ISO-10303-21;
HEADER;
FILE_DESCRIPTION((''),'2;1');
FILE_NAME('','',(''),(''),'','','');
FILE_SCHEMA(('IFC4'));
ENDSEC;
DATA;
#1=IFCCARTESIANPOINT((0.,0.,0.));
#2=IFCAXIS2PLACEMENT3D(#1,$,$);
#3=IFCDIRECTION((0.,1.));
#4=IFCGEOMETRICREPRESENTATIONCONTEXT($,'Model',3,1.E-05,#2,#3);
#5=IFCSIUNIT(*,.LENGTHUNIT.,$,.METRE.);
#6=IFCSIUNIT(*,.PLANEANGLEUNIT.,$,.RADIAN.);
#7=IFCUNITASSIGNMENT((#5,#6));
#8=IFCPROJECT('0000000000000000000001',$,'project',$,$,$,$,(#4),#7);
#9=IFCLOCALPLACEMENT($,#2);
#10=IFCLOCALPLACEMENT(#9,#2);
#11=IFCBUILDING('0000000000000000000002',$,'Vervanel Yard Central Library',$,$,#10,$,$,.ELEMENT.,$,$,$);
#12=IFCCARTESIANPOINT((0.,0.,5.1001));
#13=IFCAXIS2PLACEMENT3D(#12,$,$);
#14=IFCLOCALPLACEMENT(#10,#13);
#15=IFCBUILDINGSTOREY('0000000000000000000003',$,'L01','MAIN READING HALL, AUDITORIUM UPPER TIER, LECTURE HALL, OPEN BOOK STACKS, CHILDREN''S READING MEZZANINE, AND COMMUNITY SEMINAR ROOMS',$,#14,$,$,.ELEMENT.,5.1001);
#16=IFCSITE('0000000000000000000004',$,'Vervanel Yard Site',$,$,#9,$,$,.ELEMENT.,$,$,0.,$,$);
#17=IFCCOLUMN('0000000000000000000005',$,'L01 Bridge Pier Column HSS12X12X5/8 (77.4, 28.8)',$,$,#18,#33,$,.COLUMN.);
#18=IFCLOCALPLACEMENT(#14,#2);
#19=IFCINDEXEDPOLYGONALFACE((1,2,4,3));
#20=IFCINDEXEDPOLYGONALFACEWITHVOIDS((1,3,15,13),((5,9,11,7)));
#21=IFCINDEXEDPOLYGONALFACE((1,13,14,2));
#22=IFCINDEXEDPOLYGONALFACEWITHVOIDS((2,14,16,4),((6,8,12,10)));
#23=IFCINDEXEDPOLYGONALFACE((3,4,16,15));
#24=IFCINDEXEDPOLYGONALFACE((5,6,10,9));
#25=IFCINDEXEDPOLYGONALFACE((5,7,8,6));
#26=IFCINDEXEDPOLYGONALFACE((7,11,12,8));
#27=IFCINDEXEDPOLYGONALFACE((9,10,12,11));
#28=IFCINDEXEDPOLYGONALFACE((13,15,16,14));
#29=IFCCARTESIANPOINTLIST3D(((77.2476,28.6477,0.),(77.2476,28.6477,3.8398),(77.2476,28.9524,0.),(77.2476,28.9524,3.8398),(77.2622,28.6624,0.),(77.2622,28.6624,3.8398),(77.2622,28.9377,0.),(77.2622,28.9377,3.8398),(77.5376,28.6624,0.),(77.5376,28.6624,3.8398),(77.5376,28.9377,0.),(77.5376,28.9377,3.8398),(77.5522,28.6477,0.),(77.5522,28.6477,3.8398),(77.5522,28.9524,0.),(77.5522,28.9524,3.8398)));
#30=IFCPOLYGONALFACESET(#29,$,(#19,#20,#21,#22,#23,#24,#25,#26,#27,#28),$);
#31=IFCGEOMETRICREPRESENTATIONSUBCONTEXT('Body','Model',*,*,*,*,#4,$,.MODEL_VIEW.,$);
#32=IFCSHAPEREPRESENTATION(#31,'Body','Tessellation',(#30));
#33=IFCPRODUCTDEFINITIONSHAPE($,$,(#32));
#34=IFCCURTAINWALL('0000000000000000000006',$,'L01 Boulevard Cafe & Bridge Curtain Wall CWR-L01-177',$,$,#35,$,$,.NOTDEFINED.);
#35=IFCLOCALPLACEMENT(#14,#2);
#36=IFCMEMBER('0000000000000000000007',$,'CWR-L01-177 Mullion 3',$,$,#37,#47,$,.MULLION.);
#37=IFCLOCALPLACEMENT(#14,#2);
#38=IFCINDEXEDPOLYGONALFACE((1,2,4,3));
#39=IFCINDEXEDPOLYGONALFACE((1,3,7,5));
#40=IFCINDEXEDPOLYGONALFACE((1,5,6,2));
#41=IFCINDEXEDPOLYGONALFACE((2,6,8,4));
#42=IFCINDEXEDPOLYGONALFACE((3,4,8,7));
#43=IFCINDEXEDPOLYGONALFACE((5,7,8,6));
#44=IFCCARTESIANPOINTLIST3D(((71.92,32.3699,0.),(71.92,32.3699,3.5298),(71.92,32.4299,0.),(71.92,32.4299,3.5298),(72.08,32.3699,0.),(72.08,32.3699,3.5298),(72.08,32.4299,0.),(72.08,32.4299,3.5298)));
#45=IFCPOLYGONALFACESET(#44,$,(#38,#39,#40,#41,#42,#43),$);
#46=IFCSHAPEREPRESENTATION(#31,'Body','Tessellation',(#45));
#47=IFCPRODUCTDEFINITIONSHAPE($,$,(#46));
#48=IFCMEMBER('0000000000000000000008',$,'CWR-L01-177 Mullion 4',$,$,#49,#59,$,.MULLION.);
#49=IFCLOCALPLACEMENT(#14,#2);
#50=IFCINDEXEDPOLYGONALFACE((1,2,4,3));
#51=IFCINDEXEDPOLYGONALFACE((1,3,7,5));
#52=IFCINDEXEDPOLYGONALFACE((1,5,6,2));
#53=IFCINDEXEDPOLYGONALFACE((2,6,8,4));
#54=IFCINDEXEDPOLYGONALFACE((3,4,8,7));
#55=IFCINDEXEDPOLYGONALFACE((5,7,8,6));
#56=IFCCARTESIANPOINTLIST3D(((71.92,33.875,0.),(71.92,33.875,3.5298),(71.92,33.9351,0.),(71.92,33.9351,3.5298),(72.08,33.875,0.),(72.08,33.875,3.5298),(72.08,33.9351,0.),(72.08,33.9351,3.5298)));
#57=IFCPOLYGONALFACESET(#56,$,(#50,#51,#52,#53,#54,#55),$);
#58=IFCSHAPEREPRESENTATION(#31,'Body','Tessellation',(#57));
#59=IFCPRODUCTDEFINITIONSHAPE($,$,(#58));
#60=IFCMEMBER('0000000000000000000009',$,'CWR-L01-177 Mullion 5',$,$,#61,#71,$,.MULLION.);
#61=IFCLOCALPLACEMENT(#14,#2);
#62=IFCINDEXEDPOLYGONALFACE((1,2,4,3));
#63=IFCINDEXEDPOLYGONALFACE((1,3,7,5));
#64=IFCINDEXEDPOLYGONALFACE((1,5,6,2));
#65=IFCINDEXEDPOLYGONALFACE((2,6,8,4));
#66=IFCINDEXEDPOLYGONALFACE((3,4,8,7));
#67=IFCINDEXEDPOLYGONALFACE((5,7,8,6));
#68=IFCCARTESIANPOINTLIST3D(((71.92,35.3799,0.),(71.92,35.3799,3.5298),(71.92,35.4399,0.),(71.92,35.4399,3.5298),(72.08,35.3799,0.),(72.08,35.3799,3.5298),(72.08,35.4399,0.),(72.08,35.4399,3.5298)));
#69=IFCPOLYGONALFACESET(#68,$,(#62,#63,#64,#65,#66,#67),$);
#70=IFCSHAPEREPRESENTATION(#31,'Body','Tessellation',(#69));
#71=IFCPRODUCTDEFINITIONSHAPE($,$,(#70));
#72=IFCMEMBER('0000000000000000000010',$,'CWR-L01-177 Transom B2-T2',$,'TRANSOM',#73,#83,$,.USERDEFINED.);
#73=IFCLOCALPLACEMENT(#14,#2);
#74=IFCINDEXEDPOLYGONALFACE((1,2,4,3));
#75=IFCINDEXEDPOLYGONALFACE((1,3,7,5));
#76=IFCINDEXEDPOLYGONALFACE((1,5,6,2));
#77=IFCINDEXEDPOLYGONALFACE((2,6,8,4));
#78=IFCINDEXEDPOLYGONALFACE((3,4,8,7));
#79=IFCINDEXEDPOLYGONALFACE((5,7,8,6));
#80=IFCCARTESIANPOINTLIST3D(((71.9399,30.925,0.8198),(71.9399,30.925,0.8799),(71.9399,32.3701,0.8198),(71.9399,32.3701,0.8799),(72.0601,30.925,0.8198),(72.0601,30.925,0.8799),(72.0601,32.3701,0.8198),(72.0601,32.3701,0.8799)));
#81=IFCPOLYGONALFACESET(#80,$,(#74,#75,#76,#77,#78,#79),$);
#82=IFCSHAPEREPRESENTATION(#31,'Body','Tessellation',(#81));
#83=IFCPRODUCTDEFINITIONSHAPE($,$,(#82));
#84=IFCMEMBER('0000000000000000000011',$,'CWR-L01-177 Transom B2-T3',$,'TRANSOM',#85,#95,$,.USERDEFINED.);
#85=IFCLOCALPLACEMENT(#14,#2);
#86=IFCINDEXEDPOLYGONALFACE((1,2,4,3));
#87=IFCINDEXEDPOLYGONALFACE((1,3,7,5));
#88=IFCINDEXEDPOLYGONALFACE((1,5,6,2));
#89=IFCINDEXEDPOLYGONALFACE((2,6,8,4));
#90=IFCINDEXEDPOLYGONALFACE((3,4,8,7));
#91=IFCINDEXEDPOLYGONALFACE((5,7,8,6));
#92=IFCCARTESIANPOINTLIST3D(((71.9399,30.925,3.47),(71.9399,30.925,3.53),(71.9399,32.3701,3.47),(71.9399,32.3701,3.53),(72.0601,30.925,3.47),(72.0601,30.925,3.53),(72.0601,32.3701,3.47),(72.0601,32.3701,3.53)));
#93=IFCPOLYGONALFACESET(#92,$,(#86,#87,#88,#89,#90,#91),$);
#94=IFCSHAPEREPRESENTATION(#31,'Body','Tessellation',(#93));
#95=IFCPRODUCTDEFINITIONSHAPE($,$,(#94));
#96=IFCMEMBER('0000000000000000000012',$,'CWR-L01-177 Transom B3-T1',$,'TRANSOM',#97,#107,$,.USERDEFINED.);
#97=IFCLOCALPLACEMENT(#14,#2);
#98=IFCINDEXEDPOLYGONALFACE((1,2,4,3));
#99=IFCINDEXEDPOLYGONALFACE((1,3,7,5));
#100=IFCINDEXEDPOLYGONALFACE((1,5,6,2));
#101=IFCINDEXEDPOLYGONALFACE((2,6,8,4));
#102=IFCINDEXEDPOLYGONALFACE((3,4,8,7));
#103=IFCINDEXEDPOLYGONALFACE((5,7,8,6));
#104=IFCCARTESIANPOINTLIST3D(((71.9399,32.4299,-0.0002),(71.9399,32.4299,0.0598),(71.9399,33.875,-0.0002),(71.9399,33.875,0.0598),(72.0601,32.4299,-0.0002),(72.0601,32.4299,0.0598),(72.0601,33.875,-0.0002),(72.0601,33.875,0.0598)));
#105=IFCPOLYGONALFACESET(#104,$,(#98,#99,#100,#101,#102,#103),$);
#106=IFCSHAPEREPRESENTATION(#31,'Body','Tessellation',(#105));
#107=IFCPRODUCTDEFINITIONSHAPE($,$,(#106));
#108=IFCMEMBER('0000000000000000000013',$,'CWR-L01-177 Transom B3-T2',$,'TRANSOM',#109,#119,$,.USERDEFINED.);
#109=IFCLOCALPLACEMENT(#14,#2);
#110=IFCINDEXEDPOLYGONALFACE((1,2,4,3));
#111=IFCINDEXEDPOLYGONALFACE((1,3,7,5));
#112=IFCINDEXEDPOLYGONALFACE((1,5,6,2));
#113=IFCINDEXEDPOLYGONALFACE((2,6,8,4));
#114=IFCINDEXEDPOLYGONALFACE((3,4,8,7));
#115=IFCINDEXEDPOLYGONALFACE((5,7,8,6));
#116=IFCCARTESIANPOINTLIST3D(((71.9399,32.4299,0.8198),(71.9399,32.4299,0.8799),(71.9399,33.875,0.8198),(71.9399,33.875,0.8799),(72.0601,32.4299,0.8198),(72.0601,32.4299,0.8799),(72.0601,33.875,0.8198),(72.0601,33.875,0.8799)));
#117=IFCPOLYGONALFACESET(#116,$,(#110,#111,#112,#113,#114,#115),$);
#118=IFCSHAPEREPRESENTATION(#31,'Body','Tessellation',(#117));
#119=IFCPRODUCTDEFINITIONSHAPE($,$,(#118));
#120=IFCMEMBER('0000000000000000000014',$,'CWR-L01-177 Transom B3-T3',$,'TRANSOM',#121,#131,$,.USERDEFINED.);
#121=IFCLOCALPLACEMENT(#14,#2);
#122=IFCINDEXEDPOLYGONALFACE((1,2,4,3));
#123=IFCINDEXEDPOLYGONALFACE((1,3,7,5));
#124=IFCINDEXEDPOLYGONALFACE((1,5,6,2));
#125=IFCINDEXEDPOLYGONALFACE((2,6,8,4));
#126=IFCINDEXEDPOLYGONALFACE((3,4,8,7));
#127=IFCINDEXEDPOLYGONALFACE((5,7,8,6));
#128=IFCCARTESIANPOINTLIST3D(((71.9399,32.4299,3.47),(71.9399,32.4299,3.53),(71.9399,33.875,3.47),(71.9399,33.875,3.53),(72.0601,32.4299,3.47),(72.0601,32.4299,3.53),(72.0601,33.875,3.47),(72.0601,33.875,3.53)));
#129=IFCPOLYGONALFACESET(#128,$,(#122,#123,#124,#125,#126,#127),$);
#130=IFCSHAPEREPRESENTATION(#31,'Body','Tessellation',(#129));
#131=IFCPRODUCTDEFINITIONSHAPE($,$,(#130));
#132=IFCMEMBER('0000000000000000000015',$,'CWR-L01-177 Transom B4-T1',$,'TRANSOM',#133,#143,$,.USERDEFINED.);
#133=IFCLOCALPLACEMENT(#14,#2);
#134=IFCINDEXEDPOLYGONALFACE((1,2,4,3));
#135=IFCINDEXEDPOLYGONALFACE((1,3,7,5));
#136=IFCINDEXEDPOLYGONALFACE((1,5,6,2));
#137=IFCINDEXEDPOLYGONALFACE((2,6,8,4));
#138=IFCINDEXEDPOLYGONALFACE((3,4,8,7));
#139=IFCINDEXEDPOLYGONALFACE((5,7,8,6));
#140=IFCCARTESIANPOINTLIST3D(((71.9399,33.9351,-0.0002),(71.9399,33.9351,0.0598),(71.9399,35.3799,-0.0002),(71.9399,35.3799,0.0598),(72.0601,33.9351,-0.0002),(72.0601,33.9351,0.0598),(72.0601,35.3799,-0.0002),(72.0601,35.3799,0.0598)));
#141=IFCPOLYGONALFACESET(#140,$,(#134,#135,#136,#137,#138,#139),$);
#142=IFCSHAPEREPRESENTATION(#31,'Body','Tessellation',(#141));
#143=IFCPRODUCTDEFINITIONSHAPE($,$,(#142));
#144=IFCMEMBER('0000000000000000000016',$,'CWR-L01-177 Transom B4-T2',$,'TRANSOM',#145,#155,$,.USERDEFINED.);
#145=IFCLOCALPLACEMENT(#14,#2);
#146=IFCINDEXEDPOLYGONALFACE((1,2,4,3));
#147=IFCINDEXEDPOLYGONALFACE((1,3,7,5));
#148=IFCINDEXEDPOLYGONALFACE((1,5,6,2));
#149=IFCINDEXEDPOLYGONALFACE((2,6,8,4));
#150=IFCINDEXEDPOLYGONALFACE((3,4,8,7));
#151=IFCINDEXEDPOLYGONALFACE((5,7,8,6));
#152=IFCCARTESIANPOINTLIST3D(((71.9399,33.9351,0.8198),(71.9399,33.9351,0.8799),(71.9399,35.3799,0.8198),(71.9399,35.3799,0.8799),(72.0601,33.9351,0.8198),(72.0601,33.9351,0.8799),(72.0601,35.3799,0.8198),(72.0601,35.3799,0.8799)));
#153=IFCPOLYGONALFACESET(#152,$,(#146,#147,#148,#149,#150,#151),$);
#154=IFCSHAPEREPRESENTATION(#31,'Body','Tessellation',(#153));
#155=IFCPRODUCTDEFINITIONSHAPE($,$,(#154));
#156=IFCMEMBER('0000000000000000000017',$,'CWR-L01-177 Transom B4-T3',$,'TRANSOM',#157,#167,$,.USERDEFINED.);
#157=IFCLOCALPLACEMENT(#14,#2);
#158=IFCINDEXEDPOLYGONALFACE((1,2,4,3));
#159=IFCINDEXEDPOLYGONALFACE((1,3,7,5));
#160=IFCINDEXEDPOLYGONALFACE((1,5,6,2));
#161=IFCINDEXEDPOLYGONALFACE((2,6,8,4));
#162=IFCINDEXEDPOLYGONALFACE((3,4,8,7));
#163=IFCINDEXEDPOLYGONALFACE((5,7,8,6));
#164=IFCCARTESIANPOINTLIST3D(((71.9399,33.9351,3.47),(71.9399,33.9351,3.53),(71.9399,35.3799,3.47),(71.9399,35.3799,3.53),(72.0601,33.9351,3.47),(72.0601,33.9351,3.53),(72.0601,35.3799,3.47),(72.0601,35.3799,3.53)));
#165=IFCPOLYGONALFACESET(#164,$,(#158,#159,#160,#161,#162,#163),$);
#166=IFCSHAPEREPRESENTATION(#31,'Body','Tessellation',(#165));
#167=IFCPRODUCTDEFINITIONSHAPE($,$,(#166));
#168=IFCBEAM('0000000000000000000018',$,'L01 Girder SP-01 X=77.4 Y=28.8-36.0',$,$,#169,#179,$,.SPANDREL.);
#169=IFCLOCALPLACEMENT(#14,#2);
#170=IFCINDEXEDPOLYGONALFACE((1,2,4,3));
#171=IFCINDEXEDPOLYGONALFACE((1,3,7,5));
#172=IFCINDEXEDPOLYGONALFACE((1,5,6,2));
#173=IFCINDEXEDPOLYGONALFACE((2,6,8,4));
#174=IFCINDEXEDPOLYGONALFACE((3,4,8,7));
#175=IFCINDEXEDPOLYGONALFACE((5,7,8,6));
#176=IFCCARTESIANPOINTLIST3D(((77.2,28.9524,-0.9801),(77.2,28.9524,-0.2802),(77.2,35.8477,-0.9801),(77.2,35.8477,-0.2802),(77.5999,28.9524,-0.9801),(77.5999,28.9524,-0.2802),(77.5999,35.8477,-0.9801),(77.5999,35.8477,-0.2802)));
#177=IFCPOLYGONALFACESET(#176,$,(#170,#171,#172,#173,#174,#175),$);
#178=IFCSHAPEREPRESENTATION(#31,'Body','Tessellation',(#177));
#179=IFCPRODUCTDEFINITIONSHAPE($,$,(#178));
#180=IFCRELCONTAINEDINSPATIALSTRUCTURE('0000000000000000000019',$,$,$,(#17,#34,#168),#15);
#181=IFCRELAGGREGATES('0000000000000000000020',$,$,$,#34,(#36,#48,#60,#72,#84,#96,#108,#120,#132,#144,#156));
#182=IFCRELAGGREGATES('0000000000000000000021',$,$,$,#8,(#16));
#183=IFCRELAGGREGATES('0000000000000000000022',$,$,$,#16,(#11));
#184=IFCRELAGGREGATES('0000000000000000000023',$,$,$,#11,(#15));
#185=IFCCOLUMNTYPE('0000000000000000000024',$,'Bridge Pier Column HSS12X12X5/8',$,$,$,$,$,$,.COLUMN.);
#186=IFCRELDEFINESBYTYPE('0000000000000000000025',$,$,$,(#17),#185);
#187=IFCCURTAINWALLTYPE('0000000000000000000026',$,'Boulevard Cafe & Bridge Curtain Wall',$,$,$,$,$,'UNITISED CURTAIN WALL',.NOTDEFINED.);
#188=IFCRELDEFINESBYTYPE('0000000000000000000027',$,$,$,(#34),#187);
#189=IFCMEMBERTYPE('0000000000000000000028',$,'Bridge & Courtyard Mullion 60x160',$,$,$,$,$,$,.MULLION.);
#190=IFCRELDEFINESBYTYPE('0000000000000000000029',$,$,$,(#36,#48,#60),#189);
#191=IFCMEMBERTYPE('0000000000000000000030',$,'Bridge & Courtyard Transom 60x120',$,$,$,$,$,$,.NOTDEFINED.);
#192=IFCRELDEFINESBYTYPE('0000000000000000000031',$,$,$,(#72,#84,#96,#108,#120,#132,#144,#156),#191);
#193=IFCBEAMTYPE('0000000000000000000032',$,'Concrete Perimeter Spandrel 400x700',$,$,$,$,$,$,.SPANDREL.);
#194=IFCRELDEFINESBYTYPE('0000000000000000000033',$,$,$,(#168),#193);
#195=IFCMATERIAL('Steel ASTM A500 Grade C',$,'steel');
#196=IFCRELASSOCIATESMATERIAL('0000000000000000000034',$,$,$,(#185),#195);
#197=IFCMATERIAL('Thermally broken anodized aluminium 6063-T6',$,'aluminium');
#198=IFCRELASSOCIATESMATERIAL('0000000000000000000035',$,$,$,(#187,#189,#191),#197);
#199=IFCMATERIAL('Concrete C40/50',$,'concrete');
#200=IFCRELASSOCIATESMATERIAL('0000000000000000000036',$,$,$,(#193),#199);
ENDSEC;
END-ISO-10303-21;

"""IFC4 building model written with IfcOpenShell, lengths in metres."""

from ifc_helpers import new_model, si_unit, direction, frame, origin, origin_2d, place, context, subcontext, project, spatial, rectangle, hollow_rectangle, extrude, material, material_profile, profile_set, type_object, element, aggregate, save


model = new_model("IFC4")

# Units and contexts
model_context = context("Model", 3, precision=1e-05, world=origin(), true_north=direction((0.0, 1.0)))
body_context = subcontext(model_context, "Body", "Model", "MODEL_VIEW")
ifc_project = project(units=[si_unit("LENGTHUNIT", "METRE"), si_unit("PLANEANGLEUNIT", "RADIAN")], contexts=[model_context])

# Site, building, storey
site_placement = place(None, origin())
site = spatial("IfcSite", under=ifc_project, at=site_placement, Name="Vervanel Yard Site", CompositionType="ELEMENT", RefElevation=0.0)
building_placement = place(site_placement, origin())
building = spatial("IfcBuilding", under=site, at=building_placement, Name="Vervanel Yard Central Library", CompositionType="ELEMENT")
storey_placement = place(building_placement, frame((0.0, 0.0, 5.1001)))
storey = spatial("IfcBuildingStorey", under=building, at=storey_placement, Name="L01", Description="MAIN READING HALL, AUDITORIUM UPPER TIER, LECTURE HALL, OPEN BOOK STACKS, CHILDREN'S READING MEZZANINE, AND COMMUNITY SEMINAR ROOMS", CompositionType="ELEMENT", Elevation=5.1001)

# Column
ifc_material_1 = material(Name="Steel ASTM A500 Grade C", Category="steel")
ifc_material_profile_1 = material_profile(ifc_material_1, hollow_rectangle(XDim=0.3047, YDim=0.3047, WallThickness=0.0146, at=origin_2d()), Name="HSS12X12X5/8", Category="steel")
ifc_profile_set_1 = profile_set([ifc_material_profile_1], Name="Steel ASTM A500 Grade C")
column_type = type_object("IfcColumnType", Name="Bridge Pier Column HSS12X12X5/8", PredefinedType="COLUMN", material=ifc_profile_set_1)
column_placement = place(storey_placement, frame((77.3999, 28.8, 0.0), z_axis=(0.0, 0.0, 1.0), x_axis=(1.0, 0.0, 0.0)))
element("IfcColumn", 1, at=column_placement, inside=storey, type_object=column_type, Name="L01 Bridge Pier Column HSS12X12X5/8 (77.4, 28.8)", PredefinedType="COLUMN", context=body_context, shape_type="SweptSolid", body=[
    extrude(hollow_rectangle(XDim=0.3047, YDim=0.3047, WallThickness=0.0146, at=origin_2d()), origin(), (0.0, 0.0, 1.0), 3.8398),
])

# Curtain wall, members
ifc_material_2 = material(Name="Thermally broken anodized aluminium 6063-T6", Category="aluminium")
curtain_wall_type = type_object("IfcCurtainWallType", Name="Boulevard Cafe & Bridge Curtain Wall", ElementType="UNITISED CURTAIN WALL", PredefinedType="NOTDEFINED", material=ifc_material_2)
curtain_wall_placement = place(storey_placement, origin())
curtain_wall = element("IfcCurtainWall", 2, at=curtain_wall_placement, inside=storey, type_object=curtain_wall_type, Name="L01 Boulevard Cafe & Bridge Curtain Wall CWR-L01-177", PredefinedType="NOTDEFINED")
ifc_material_profile_2 = material_profile(ifc_material_2, rectangle(XDim=0.0601, YDim=0.1599, at=origin_2d()), Name="ALU 60x160", Category="aluminium")
ifc_profile_set_2 = profile_set([ifc_material_profile_2], Name="Thermally broken anodized aluminium 6063-T6")
member_type_1 = type_object("IfcMemberType", Name="Bridge & Courtyard Mullion 60x160", PredefinedType="MULLION", material=ifc_profile_set_2)
member_1_placement = place(storey_placement, frame((72.0, 32.3999, 0.0), z_axis=(0.0, 0.0, 1.0), x_axis=(0.0, 1.0, 0.0)))
member_1 = element("IfcMember", 3, at=member_1_placement, type_object=member_type_1, Name="CWR-L01-177 Mullion 3", PredefinedType="MULLION", context=body_context, shape_type="SweptSolid", body=[
    extrude(rectangle(XDim=0.0601, YDim=0.1599, at=origin_2d()), origin(), (0.0, 0.0, 1.0), 3.5298),
])
member_2_placement = place(storey_placement, frame((72.0, 33.905, 0.0), z_axis=(0.0, 0.0, 1.0), x_axis=(0.0, 1.0, 0.0)))
member_2 = element("IfcMember", 4, at=member_2_placement, type_object=member_type_1, Name="CWR-L01-177 Mullion 4", PredefinedType="MULLION", context=body_context, shape_type="SweptSolid", body=[
    extrude(rectangle(XDim=0.0601, YDim=0.1599, at=origin_2d()), origin(), (0.0, 0.0, 1.0), 3.5298),
])
member_3_placement = place(storey_placement, frame((72.0, 35.4099, 0.0), z_axis=(0.0, 0.0, 1.0), x_axis=(0.0, 1.0, 0.0)))
member_3 = element("IfcMember", 5, at=member_3_placement, type_object=member_type_1, Name="CWR-L01-177 Mullion 5", PredefinedType="MULLION", context=body_context, shape_type="SweptSolid", body=[
    extrude(rectangle(XDim=0.0601, YDim=0.1599, at=origin_2d()), origin(), (0.0, 0.0, 1.0), 3.5298),
])
ifc_material_profile_3 = material_profile(ifc_material_2, rectangle(XDim=0.0601, YDim=0.1201, at=origin_2d()), Name="ALU 60x120", Category="aluminium")
ifc_profile_set_3 = profile_set([ifc_material_profile_3], Name="Thermally broken anodized aluminium 6063-T6")
member_type_2 = type_object("IfcMemberType", Name="Bridge & Courtyard Transom 60x120", PredefinedType="NOTDEFINED", material=ifc_profile_set_3)
member_4_placement = place(storey_placement, frame((72.0, 30.925, 0.8499), z_axis=(0.0, 1.0, 0.0), x_axis=(0.0, 0.0, 1.0)))
member_4 = element("IfcMember", 6, at=member_4_placement, type_object=member_type_2, Name="CWR-L01-177 Transom B2-T2", ObjectType="TRANSOM", PredefinedType="USERDEFINED", context=body_context, shape_type="SweptSolid", body=[
    extrude(rectangle(XDim=0.0601, YDim=0.1201, at=origin_2d()), origin(), (0.0, 0.0, 1.0), 1.4451),
])
member_5_placement = place(storey_placement, frame((72.0, 30.925, 3.5), z_axis=(0.0, 1.0, 0.0), x_axis=(0.0, 0.0, 1.0)))
member_5 = element("IfcMember", 7, at=member_5_placement, type_object=member_type_2, Name="CWR-L01-177 Transom B2-T3", ObjectType="TRANSOM", PredefinedType="USERDEFINED", context=body_context, shape_type="SweptSolid", body=[
    extrude(rectangle(XDim=0.0601, YDim=0.1201, at=origin_2d()), origin(), (0.0, 0.0, 1.0), 1.4451),
])
member_6_placement = place(storey_placement, frame((72.0, 32.4299, 0.0298), z_axis=(0.0, 1.0, 0.0), x_axis=(0.0, 0.0, 1.0)))
member_6 = element("IfcMember", 8, at=member_6_placement, type_object=member_type_2, Name="CWR-L01-177 Transom B3-T1", ObjectType="TRANSOM", PredefinedType="USERDEFINED", context=body_context, shape_type="SweptSolid", body=[
    extrude(rectangle(XDim=0.0601, YDim=0.1201, at=origin_2d()), origin(), (0.0, 0.0, 1.0), 1.4451),
])
member_7_placement = place(storey_placement, frame((72.0, 32.4299, 0.8499), z_axis=(0.0, 1.0, 0.0), x_axis=(0.0, 0.0, 1.0)))
member_7 = element("IfcMember", 9, at=member_7_placement, type_object=member_type_2, Name="CWR-L01-177 Transom B3-T2", ObjectType="TRANSOM", PredefinedType="USERDEFINED", context=body_context, shape_type="SweptSolid", body=[
    extrude(rectangle(XDim=0.0601, YDim=0.1201, at=origin_2d()), origin(), (0.0, 0.0, 1.0), 1.4451),
])
member_8_placement = place(storey_placement, frame((72.0, 32.4299, 3.5), z_axis=(0.0, 1.0, 0.0), x_axis=(0.0, 0.0, 1.0)))
member_8 = element("IfcMember", 10, at=member_8_placement, type_object=member_type_2, Name="CWR-L01-177 Transom B3-T3", ObjectType="TRANSOM", PredefinedType="USERDEFINED", context=body_context, shape_type="SweptSolid", body=[
    extrude(rectangle(XDim=0.0601, YDim=0.1201, at=origin_2d()), origin(), (0.0, 0.0, 1.0), 1.4451),
])
member_9_placement = place(storey_placement, frame((72.0, 33.9351, 0.0298), z_axis=(0.0, 1.0, 0.0), x_axis=(0.0, 0.0, 1.0)))
member_9 = element("IfcMember", 11, at=member_9_placement, type_object=member_type_2, Name="CWR-L01-177 Transom B4-T1", ObjectType="TRANSOM", PredefinedType="USERDEFINED", context=body_context, shape_type="SweptSolid", body=[
    extrude(rectangle(XDim=0.0601, YDim=0.1201, at=origin_2d()), origin(), (0.0, 0.0, 1.0), 1.4448),
])
member_10_placement = place(storey_placement, frame((72.0, 33.9351, 0.8499), z_axis=(0.0, 1.0, 0.0), x_axis=(0.0, 0.0, 1.0)))
member_10 = element("IfcMember", 12, at=member_10_placement, type_object=member_type_2, Name="CWR-L01-177 Transom B4-T2", ObjectType="TRANSOM", PredefinedType="USERDEFINED", context=body_context, shape_type="SweptSolid", body=[
    extrude(rectangle(XDim=0.0601, YDim=0.1201, at=origin_2d()), origin(), (0.0, 0.0, 1.0), 1.4448),
])
member_11_placement = place(storey_placement, frame((72.0, 33.9351, 3.5), z_axis=(0.0, 1.0, 0.0), x_axis=(0.0, 0.0, 1.0)))
member_11 = element("IfcMember", 13, at=member_11_placement, type_object=member_type_2, Name="CWR-L01-177 Transom B4-T3", ObjectType="TRANSOM", PredefinedType="USERDEFINED", context=body_context, shape_type="SweptSolid", body=[
    extrude(rectangle(XDim=0.0601, YDim=0.1201, at=origin_2d()), origin(), (0.0, 0.0, 1.0), 1.4448),
])

# Beam
ifc_material_3 = material(Name="Concrete C40/50", Category="concrete")
ifc_material_profile_4 = material_profile(ifc_material_3, rectangle(XDim=0.3999, YDim=0.7, at=origin_2d()), Name="RC 400x700", Category="concrete")
ifc_profile_set_4 = profile_set([ifc_material_profile_4], Name="Concrete C40/50")
beam_type_1 = type_object("IfcBeamType", Name="Concrete Perimeter Spandrel 400x700", PredefinedType="SPANDREL", material=ifc_profile_set_4)
beam_1_placement = place(storey_placement, frame((77.3999, 28.9524, -0.6301), z_axis=(0.0, 1.0, 0.0), x_axis=(-1.0, 0.0, 0.0)))
element("IfcBeam", 14, at=beam_1_placement, inside=storey, type_object=beam_type_1, Name="L01 Girder SP-01 X=77.4 Y=28.8-36.0", PredefinedType="SPANDREL", context=body_context, shape_type="SweptSolid", body=[
    extrude(rectangle(XDim=0.3999, YDim=0.7, at=origin_2d()), origin(), (0.0, 0.0, 1.0), 6.8953),
])

aggregate(curtain_wall, [member_1, member_2, member_3, member_4, member_5, member_6, member_7, member_8, member_9, member_10, member_11])

save(model, "model.ifc")
